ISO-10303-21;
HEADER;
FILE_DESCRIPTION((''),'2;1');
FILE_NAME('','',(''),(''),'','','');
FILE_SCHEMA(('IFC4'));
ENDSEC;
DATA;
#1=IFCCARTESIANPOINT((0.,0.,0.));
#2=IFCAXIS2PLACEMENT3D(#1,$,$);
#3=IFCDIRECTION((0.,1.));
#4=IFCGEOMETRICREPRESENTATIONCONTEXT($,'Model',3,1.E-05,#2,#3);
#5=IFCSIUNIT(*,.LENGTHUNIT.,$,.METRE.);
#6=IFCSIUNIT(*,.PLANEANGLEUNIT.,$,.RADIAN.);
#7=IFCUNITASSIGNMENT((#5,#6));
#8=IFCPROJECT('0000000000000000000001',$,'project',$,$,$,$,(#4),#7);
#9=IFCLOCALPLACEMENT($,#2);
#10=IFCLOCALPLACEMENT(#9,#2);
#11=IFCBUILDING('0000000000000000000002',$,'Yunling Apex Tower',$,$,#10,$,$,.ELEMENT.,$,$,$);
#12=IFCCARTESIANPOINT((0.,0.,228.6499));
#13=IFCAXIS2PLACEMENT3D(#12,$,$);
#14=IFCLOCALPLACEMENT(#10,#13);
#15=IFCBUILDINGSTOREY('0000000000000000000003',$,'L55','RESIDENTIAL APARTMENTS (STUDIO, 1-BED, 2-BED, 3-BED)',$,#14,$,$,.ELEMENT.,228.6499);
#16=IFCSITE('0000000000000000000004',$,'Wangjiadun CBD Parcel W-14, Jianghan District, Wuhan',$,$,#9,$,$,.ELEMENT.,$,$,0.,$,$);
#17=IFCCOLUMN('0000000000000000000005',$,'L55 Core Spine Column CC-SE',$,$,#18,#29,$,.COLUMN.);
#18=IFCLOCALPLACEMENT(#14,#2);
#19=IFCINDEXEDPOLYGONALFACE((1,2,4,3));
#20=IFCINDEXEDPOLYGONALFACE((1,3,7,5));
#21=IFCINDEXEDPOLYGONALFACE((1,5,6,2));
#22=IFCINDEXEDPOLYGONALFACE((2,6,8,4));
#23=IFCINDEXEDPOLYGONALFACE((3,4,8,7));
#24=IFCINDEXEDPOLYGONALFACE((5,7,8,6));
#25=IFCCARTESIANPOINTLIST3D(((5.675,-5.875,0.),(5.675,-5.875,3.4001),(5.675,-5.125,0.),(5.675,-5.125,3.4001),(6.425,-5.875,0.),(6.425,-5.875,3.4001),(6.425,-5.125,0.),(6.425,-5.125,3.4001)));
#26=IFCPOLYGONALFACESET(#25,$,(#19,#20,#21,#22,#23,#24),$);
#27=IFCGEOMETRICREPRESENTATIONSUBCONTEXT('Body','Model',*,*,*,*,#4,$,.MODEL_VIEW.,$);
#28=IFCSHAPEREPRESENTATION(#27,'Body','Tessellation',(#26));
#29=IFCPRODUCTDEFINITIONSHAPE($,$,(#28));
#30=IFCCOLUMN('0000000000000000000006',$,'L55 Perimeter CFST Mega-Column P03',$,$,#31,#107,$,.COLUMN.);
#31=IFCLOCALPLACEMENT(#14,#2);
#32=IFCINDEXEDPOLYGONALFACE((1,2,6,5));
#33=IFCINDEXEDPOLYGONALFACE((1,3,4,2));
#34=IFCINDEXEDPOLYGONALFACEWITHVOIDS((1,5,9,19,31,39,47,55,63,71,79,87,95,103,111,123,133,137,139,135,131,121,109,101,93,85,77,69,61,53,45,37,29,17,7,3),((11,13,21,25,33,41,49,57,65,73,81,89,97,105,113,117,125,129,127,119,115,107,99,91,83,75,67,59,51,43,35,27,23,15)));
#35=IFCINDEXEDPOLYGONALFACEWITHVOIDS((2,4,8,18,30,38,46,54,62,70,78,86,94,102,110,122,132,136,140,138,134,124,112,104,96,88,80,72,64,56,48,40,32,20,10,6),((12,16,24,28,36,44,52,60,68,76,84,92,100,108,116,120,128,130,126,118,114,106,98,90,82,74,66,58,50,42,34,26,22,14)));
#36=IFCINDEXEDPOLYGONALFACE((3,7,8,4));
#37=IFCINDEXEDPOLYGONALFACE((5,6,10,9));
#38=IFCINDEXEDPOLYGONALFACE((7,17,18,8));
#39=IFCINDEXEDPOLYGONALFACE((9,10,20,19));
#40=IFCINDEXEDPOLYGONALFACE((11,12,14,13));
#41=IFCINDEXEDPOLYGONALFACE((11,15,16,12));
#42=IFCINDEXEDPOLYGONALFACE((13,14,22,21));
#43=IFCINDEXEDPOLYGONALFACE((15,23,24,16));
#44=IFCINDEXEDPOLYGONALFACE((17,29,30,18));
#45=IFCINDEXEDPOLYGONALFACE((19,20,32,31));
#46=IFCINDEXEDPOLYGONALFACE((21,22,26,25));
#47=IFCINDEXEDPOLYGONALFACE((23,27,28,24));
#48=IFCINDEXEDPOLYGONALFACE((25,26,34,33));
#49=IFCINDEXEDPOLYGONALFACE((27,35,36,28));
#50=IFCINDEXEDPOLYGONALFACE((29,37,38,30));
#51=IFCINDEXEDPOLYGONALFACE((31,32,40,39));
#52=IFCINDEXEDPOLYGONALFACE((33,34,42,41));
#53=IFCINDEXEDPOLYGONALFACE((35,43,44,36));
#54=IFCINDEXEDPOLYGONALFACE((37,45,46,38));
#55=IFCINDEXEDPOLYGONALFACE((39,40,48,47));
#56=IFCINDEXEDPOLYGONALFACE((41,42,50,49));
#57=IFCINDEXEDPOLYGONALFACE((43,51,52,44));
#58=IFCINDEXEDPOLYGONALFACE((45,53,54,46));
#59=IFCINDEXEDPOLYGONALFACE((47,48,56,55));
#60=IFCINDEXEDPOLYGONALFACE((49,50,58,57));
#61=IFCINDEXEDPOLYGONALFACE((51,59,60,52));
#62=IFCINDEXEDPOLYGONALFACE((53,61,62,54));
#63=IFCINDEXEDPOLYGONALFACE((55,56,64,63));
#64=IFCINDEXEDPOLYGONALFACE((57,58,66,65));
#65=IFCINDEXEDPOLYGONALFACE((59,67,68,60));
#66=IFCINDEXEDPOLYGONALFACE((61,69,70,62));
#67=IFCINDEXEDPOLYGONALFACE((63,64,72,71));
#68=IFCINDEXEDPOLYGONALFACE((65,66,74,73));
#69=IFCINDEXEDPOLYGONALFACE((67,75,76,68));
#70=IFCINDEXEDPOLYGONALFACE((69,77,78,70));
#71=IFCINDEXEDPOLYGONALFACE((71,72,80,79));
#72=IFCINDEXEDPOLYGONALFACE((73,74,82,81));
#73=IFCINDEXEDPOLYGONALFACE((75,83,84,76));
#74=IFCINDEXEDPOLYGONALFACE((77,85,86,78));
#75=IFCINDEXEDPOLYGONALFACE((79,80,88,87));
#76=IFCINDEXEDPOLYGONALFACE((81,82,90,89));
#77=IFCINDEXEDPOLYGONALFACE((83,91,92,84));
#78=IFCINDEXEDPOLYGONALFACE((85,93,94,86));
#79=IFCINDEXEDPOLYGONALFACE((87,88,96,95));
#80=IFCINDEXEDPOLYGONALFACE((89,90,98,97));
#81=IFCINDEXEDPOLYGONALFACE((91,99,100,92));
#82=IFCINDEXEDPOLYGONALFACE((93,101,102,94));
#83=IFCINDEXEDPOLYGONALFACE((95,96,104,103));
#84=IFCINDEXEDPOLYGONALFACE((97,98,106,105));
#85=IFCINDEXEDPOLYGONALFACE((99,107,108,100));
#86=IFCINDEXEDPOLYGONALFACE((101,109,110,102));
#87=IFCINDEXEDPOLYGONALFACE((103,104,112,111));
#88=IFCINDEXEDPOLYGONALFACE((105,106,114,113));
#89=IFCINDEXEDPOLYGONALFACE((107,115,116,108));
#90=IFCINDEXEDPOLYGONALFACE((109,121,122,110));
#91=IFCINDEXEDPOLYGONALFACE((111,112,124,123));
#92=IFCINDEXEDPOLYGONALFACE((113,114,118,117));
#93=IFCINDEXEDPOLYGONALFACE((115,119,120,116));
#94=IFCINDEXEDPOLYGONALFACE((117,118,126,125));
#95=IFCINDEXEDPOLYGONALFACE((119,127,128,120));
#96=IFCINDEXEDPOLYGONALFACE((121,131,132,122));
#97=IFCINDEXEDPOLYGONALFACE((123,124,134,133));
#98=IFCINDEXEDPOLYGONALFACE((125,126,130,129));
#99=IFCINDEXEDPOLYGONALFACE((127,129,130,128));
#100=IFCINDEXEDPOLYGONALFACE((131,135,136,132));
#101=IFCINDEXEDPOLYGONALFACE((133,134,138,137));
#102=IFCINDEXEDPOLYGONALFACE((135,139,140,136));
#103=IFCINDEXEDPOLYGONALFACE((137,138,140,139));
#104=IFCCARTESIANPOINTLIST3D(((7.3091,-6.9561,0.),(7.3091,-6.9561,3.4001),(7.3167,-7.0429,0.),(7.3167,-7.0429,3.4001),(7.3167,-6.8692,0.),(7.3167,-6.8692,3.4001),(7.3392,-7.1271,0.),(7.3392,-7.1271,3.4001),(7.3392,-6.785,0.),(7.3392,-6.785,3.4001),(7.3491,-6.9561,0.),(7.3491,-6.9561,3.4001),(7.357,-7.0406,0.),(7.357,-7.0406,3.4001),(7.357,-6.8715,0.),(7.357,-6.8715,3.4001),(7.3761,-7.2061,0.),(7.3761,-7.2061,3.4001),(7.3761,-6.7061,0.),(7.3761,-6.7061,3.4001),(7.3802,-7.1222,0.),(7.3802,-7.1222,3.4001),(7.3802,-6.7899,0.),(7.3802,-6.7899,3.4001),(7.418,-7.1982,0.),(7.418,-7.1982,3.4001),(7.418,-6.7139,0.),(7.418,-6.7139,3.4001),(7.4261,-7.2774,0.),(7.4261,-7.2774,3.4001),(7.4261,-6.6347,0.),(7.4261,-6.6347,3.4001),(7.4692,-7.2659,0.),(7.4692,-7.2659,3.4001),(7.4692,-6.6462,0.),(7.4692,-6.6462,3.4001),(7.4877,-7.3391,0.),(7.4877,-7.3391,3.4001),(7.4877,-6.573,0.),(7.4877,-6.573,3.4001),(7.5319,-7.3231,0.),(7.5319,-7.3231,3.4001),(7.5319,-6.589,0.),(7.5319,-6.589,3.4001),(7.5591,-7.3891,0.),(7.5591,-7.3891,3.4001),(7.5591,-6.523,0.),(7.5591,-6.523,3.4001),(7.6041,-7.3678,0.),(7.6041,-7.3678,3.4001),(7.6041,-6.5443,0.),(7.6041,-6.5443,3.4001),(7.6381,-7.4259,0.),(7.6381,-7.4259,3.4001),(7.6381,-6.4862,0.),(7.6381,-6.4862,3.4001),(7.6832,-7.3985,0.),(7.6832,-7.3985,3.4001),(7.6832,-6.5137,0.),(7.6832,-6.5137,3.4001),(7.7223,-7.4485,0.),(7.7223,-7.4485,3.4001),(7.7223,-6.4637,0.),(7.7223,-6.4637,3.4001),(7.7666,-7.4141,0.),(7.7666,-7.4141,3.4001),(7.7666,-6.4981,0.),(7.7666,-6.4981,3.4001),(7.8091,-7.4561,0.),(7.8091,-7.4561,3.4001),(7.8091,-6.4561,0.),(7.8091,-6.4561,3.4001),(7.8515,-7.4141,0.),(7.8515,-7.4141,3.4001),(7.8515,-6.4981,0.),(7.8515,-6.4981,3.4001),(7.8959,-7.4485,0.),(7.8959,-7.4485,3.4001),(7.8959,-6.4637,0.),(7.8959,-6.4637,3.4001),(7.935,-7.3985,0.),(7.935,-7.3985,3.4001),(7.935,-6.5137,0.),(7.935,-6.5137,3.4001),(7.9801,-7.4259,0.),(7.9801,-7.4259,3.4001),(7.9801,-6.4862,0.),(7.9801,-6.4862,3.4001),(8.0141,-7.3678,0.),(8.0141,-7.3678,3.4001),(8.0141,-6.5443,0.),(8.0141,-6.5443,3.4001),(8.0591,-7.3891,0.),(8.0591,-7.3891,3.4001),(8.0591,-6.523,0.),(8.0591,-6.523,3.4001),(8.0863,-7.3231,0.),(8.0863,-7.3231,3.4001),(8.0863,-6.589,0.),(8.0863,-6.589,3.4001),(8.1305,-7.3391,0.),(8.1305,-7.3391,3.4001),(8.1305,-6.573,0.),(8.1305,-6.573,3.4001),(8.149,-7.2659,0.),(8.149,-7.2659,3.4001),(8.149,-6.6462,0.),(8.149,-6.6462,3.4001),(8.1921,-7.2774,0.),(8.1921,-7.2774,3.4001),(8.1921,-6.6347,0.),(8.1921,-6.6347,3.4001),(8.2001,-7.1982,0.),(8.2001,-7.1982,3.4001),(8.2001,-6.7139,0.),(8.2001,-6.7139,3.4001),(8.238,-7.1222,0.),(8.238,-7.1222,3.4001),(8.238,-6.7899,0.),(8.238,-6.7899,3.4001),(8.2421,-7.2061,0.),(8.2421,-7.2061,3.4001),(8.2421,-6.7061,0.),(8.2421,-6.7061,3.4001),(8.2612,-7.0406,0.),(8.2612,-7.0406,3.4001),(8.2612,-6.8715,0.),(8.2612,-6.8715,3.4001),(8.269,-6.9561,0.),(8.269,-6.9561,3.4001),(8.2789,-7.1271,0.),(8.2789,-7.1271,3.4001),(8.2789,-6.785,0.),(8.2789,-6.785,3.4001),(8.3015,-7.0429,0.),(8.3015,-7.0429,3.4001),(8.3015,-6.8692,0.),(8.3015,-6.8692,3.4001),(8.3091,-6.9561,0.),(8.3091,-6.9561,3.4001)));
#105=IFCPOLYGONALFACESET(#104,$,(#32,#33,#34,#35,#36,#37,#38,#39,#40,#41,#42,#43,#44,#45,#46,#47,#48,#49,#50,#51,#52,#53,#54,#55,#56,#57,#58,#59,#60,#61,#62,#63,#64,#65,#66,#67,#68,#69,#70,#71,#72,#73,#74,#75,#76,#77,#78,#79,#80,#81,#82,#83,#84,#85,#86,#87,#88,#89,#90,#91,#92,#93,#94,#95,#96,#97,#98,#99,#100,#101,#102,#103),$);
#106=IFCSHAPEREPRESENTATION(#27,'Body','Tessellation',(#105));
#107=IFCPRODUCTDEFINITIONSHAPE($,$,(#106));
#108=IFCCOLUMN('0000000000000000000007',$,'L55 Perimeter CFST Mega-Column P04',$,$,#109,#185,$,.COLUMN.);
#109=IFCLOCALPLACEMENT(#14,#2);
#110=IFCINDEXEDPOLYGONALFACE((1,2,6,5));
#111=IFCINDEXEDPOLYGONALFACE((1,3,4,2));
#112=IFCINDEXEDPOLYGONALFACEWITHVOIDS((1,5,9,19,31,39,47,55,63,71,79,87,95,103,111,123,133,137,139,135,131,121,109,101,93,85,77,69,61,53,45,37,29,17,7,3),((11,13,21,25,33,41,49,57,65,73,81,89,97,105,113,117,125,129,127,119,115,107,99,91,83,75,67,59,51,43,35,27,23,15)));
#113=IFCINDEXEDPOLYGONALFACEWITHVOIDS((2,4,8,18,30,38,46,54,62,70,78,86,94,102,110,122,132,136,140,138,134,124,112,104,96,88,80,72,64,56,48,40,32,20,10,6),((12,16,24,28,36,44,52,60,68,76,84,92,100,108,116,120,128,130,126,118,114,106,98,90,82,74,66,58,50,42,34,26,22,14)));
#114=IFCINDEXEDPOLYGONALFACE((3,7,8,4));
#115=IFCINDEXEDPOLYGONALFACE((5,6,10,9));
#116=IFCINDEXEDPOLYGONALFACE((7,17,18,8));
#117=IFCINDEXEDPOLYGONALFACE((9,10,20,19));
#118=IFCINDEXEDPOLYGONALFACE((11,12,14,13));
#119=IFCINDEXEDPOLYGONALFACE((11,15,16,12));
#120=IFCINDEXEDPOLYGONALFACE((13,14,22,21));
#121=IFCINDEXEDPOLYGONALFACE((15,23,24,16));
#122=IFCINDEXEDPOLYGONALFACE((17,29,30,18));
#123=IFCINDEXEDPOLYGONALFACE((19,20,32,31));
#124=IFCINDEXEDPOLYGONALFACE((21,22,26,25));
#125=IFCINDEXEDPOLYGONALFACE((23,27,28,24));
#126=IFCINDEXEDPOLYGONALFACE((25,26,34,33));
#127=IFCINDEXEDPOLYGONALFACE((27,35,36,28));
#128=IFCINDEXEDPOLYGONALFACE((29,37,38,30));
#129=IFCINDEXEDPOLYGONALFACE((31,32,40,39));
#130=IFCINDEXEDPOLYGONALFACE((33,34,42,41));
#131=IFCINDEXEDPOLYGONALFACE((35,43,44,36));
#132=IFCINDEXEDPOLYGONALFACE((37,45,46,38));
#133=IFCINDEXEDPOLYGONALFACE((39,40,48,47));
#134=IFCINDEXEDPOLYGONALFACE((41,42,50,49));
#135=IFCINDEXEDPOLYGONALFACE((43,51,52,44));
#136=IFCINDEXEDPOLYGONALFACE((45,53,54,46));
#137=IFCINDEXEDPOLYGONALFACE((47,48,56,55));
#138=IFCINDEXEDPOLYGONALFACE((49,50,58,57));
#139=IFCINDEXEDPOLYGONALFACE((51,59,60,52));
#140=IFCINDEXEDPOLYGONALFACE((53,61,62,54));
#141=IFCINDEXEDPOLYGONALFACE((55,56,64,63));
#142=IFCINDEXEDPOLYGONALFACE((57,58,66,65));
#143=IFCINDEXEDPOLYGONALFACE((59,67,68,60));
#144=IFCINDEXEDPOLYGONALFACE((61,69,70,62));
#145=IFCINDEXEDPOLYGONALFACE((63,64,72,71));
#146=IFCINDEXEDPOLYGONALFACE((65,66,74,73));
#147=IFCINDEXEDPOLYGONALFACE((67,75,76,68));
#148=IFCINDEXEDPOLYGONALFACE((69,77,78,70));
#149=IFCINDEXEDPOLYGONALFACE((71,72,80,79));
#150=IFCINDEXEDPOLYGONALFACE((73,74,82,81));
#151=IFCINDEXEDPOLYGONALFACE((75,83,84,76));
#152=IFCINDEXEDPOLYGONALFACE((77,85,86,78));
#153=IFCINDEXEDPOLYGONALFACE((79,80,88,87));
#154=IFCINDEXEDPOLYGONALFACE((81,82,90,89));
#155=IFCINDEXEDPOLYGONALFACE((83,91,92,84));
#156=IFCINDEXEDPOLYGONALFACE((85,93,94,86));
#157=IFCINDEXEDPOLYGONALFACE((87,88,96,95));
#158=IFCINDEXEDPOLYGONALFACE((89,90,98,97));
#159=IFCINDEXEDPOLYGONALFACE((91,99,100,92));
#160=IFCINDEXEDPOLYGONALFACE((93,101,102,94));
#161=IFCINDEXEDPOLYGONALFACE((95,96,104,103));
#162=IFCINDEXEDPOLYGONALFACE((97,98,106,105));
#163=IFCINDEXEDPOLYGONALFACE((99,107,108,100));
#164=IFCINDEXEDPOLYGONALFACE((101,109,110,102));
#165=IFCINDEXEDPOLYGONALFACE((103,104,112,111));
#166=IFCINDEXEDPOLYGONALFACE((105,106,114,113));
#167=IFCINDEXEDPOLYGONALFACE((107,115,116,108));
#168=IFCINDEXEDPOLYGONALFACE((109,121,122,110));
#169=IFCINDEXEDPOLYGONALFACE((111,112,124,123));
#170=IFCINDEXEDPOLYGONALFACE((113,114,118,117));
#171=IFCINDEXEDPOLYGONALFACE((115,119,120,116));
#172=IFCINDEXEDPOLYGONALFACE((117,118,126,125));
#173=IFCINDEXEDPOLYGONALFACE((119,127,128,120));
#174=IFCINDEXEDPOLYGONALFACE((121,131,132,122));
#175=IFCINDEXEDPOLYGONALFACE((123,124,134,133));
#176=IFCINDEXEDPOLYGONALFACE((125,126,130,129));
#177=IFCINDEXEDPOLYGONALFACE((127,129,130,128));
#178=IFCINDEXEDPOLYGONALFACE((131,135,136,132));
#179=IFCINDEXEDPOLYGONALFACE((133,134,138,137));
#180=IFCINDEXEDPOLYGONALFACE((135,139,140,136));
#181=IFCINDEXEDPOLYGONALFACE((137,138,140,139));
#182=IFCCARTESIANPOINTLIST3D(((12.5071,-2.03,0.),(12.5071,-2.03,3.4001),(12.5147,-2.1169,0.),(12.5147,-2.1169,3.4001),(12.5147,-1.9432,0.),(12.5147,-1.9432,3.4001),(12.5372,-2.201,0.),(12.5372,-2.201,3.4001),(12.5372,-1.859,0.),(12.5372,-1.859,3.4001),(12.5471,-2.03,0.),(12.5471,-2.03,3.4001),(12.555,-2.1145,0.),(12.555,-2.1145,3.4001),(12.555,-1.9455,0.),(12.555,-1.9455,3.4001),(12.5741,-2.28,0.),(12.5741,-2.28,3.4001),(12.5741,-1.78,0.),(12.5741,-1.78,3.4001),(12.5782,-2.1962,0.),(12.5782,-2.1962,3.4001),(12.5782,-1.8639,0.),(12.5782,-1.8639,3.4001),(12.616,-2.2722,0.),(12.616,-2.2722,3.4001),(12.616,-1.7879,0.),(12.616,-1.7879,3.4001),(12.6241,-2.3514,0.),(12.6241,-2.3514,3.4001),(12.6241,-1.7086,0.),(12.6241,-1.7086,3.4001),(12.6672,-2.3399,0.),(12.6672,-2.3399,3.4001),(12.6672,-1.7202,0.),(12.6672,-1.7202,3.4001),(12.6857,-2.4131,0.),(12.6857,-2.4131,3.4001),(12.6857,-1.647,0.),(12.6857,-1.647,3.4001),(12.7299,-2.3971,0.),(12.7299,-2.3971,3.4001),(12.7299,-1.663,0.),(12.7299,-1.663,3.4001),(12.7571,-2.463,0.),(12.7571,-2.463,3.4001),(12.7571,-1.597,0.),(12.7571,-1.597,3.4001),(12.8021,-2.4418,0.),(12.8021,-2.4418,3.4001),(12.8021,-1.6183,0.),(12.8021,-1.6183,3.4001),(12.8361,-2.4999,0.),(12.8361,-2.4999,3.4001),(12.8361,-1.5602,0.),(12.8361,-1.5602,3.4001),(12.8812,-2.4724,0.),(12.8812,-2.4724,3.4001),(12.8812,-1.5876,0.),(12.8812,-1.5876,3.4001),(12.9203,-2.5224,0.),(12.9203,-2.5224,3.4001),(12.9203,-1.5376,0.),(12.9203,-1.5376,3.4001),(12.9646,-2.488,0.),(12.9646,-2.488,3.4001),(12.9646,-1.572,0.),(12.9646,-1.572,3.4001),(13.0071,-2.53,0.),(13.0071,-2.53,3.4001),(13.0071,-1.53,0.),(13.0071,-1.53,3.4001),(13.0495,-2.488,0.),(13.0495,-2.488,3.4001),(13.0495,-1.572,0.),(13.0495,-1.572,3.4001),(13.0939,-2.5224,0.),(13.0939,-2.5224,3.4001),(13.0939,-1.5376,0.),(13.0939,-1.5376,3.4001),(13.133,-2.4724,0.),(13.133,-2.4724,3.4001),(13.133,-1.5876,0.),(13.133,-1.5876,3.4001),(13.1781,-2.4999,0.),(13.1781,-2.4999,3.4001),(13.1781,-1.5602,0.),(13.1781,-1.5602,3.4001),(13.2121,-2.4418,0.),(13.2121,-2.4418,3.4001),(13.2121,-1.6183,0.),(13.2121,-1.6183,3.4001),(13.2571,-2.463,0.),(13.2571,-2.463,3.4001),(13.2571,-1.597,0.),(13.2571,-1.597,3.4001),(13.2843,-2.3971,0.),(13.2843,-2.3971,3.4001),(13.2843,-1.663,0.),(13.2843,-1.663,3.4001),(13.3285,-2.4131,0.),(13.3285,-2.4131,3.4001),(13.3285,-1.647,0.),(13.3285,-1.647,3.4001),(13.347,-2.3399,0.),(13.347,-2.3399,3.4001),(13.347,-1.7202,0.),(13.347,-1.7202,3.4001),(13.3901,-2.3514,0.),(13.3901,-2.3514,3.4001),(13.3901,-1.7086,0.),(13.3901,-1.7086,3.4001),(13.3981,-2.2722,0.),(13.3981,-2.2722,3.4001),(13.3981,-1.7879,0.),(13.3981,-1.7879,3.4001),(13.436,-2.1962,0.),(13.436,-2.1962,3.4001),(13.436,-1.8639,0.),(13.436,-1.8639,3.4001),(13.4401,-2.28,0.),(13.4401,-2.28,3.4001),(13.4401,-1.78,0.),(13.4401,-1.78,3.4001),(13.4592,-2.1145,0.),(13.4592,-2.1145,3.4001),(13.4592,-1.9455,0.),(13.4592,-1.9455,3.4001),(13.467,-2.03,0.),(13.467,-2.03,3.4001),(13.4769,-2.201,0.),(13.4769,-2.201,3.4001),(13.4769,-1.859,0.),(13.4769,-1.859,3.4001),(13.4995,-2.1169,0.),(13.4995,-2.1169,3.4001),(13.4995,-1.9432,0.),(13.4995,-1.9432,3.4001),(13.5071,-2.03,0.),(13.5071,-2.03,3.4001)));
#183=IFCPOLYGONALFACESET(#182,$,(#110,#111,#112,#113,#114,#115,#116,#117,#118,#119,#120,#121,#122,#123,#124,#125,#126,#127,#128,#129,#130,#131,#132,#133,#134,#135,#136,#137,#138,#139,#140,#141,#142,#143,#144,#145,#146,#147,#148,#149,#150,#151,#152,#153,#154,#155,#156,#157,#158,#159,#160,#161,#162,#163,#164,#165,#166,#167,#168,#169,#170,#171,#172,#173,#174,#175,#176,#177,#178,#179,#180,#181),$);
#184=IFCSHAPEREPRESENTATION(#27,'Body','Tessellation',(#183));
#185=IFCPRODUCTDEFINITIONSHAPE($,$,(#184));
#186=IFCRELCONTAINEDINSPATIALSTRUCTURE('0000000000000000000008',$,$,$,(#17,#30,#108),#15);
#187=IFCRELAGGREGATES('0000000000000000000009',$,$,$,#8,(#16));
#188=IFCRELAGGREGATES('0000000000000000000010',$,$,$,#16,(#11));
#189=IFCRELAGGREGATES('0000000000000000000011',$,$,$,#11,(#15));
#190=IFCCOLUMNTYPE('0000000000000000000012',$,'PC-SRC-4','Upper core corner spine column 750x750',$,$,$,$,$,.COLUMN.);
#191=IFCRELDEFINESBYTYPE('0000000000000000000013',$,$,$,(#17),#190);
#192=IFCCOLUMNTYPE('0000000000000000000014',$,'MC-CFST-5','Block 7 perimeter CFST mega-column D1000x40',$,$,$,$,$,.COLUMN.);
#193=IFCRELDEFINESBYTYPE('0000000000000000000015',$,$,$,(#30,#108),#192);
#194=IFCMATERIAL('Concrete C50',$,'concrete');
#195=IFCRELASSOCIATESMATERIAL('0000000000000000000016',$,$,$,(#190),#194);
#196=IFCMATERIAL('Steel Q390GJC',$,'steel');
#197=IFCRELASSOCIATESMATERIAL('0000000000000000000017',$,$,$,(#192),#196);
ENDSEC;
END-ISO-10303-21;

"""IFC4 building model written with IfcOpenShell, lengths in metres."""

from ifc_helpers import new_model, si_unit, direction, frame, origin, origin_2d, place, context, subcontext, project, spatial, rectangle, hollow_circle, extrude, source, transform, mapped, material, material_profile, profile_set, type_object, element, save


model = new_model("IFC4")

# Units and contexts
model_context = context("Model", 3, precision=1e-05, world=origin(), true_north=direction((0.0, 1.0)))
body_context = subcontext(model_context, "Body", "Model", "MODEL_VIEW")
ifc_project = project(units=[si_unit("LENGTHUNIT", "METRE"), si_unit("PLANEANGLEUNIT", "RADIAN")], contexts=[model_context])

# Site, building, storey
site_placement = place(None, origin())
site = spatial("IfcSite", under=ifc_project, at=site_placement, Name="Wangjiadun CBD Parcel W-14, Jianghan District, Wuhan", CompositionType="ELEMENT", RefElevation=0.0)
building_placement = place(site_placement, origin())
building = spatial("IfcBuilding", under=site, at=building_placement, Name="Yunling Apex Tower", CompositionType="ELEMENT")
storey_placement = place(building_placement, frame((0.0, 0.0, 228.6499)))
storey = spatial("IfcBuildingStorey", under=building, at=storey_placement, Name="L55", Description="RESIDENTIAL APARTMENTS (STUDIO, 1-BED, 2-BED, 3-BED)", CompositionType="ELEMENT", Elevation=228.6499)

# Columns
ifc_material_1 = material(Name="Concrete C50", Category="concrete")
ifc_material_profile_1 = material_profile(ifc_material_1, rectangle(XDim=0.75, YDim=0.75, at=origin_2d()))
ifc_profile_set_1 = profile_set([ifc_material_profile_1], Name="Concrete C50")
column_type_1 = type_object("IfcColumnType", Name="PC-SRC-4", Description="Upper core corner spine column 750x750", PredefinedType="COLUMN", material=ifc_profile_set_1)
shared_shape_1 = source(origin(), body_context, "Body", "SweptSolid", [
    extrude(rectangle(XDim=0.75, YDim=0.75, at=origin_2d()), origin(), (0.0, 0.0, 1.0), 3.4001),
])
column_placement = place(storey_placement, frame((6.05, -5.5, 0.0), z_axis=(0.0, 0.0, 1.0), x_axis=(1.0, 0.0, 0.0)))
element("IfcColumn", 1, at=column_placement, inside=storey, type_object=column_type_1, Name="L55 Core Spine Column CC-SE", PredefinedType="COLUMN", context=body_context, shape_type="MappedRepresentation", body=[
    mapped(shared_shape_1, transform((0.0, 0.0, 0.0), scale=1.0)),
])
ifc_material_2 = material(Name="Steel Q390GJC", Category="steel")
ifc_material_profile_2 = material_profile(ifc_material_2, hollow_circle(Radius=0.5, WallThickness=0.04, at=origin_2d()))
ifc_profile_set_2 = profile_set([ifc_material_profile_2], Name="Steel Q390GJC")
column_type_2 = type_object("IfcColumnType", Name="MC-CFST-5", Description="Block 7 perimeter CFST mega-column D1000x40", PredefinedType="COLUMN", material=ifc_profile_set_2)
shared_shape_2 = source(origin(), body_context, "Body", "SweptSolid", [
    extrude(hollow_circle(Radius=0.5, WallThickness=0.04, at=origin_2d()), origin(), (0.0, 0.0, 1.0), 3.4001),
])
for number, where, z_axis, x_axis, name in (
    (2, (7.8091, -6.9561, 0.0), (0.0, 0.0, 1.0), (1.0, 0.0, 0.0), "L55 Perimeter CFST Mega-Column P03"),
    (3, (13.0071, -2.03, 0.0), (0.0, 0.0, 1.0), (1.0, 0.0, 0.0), "L55 Perimeter CFST Mega-Column P04"),
):
    element("IfcColumn", number, at=place(storey_placement, frame(where, z_axis=z_axis, x_axis=x_axis)), inside=storey, type_object=column_type_2, Name=name, PredefinedType="COLUMN", context=body_context, shape_type="MappedRepresentation", body=[
        mapped(shared_shape_2, transform((0.0, 0.0, 0.0), scale=1.0)),
    ])

save(model, "model.ifc")
